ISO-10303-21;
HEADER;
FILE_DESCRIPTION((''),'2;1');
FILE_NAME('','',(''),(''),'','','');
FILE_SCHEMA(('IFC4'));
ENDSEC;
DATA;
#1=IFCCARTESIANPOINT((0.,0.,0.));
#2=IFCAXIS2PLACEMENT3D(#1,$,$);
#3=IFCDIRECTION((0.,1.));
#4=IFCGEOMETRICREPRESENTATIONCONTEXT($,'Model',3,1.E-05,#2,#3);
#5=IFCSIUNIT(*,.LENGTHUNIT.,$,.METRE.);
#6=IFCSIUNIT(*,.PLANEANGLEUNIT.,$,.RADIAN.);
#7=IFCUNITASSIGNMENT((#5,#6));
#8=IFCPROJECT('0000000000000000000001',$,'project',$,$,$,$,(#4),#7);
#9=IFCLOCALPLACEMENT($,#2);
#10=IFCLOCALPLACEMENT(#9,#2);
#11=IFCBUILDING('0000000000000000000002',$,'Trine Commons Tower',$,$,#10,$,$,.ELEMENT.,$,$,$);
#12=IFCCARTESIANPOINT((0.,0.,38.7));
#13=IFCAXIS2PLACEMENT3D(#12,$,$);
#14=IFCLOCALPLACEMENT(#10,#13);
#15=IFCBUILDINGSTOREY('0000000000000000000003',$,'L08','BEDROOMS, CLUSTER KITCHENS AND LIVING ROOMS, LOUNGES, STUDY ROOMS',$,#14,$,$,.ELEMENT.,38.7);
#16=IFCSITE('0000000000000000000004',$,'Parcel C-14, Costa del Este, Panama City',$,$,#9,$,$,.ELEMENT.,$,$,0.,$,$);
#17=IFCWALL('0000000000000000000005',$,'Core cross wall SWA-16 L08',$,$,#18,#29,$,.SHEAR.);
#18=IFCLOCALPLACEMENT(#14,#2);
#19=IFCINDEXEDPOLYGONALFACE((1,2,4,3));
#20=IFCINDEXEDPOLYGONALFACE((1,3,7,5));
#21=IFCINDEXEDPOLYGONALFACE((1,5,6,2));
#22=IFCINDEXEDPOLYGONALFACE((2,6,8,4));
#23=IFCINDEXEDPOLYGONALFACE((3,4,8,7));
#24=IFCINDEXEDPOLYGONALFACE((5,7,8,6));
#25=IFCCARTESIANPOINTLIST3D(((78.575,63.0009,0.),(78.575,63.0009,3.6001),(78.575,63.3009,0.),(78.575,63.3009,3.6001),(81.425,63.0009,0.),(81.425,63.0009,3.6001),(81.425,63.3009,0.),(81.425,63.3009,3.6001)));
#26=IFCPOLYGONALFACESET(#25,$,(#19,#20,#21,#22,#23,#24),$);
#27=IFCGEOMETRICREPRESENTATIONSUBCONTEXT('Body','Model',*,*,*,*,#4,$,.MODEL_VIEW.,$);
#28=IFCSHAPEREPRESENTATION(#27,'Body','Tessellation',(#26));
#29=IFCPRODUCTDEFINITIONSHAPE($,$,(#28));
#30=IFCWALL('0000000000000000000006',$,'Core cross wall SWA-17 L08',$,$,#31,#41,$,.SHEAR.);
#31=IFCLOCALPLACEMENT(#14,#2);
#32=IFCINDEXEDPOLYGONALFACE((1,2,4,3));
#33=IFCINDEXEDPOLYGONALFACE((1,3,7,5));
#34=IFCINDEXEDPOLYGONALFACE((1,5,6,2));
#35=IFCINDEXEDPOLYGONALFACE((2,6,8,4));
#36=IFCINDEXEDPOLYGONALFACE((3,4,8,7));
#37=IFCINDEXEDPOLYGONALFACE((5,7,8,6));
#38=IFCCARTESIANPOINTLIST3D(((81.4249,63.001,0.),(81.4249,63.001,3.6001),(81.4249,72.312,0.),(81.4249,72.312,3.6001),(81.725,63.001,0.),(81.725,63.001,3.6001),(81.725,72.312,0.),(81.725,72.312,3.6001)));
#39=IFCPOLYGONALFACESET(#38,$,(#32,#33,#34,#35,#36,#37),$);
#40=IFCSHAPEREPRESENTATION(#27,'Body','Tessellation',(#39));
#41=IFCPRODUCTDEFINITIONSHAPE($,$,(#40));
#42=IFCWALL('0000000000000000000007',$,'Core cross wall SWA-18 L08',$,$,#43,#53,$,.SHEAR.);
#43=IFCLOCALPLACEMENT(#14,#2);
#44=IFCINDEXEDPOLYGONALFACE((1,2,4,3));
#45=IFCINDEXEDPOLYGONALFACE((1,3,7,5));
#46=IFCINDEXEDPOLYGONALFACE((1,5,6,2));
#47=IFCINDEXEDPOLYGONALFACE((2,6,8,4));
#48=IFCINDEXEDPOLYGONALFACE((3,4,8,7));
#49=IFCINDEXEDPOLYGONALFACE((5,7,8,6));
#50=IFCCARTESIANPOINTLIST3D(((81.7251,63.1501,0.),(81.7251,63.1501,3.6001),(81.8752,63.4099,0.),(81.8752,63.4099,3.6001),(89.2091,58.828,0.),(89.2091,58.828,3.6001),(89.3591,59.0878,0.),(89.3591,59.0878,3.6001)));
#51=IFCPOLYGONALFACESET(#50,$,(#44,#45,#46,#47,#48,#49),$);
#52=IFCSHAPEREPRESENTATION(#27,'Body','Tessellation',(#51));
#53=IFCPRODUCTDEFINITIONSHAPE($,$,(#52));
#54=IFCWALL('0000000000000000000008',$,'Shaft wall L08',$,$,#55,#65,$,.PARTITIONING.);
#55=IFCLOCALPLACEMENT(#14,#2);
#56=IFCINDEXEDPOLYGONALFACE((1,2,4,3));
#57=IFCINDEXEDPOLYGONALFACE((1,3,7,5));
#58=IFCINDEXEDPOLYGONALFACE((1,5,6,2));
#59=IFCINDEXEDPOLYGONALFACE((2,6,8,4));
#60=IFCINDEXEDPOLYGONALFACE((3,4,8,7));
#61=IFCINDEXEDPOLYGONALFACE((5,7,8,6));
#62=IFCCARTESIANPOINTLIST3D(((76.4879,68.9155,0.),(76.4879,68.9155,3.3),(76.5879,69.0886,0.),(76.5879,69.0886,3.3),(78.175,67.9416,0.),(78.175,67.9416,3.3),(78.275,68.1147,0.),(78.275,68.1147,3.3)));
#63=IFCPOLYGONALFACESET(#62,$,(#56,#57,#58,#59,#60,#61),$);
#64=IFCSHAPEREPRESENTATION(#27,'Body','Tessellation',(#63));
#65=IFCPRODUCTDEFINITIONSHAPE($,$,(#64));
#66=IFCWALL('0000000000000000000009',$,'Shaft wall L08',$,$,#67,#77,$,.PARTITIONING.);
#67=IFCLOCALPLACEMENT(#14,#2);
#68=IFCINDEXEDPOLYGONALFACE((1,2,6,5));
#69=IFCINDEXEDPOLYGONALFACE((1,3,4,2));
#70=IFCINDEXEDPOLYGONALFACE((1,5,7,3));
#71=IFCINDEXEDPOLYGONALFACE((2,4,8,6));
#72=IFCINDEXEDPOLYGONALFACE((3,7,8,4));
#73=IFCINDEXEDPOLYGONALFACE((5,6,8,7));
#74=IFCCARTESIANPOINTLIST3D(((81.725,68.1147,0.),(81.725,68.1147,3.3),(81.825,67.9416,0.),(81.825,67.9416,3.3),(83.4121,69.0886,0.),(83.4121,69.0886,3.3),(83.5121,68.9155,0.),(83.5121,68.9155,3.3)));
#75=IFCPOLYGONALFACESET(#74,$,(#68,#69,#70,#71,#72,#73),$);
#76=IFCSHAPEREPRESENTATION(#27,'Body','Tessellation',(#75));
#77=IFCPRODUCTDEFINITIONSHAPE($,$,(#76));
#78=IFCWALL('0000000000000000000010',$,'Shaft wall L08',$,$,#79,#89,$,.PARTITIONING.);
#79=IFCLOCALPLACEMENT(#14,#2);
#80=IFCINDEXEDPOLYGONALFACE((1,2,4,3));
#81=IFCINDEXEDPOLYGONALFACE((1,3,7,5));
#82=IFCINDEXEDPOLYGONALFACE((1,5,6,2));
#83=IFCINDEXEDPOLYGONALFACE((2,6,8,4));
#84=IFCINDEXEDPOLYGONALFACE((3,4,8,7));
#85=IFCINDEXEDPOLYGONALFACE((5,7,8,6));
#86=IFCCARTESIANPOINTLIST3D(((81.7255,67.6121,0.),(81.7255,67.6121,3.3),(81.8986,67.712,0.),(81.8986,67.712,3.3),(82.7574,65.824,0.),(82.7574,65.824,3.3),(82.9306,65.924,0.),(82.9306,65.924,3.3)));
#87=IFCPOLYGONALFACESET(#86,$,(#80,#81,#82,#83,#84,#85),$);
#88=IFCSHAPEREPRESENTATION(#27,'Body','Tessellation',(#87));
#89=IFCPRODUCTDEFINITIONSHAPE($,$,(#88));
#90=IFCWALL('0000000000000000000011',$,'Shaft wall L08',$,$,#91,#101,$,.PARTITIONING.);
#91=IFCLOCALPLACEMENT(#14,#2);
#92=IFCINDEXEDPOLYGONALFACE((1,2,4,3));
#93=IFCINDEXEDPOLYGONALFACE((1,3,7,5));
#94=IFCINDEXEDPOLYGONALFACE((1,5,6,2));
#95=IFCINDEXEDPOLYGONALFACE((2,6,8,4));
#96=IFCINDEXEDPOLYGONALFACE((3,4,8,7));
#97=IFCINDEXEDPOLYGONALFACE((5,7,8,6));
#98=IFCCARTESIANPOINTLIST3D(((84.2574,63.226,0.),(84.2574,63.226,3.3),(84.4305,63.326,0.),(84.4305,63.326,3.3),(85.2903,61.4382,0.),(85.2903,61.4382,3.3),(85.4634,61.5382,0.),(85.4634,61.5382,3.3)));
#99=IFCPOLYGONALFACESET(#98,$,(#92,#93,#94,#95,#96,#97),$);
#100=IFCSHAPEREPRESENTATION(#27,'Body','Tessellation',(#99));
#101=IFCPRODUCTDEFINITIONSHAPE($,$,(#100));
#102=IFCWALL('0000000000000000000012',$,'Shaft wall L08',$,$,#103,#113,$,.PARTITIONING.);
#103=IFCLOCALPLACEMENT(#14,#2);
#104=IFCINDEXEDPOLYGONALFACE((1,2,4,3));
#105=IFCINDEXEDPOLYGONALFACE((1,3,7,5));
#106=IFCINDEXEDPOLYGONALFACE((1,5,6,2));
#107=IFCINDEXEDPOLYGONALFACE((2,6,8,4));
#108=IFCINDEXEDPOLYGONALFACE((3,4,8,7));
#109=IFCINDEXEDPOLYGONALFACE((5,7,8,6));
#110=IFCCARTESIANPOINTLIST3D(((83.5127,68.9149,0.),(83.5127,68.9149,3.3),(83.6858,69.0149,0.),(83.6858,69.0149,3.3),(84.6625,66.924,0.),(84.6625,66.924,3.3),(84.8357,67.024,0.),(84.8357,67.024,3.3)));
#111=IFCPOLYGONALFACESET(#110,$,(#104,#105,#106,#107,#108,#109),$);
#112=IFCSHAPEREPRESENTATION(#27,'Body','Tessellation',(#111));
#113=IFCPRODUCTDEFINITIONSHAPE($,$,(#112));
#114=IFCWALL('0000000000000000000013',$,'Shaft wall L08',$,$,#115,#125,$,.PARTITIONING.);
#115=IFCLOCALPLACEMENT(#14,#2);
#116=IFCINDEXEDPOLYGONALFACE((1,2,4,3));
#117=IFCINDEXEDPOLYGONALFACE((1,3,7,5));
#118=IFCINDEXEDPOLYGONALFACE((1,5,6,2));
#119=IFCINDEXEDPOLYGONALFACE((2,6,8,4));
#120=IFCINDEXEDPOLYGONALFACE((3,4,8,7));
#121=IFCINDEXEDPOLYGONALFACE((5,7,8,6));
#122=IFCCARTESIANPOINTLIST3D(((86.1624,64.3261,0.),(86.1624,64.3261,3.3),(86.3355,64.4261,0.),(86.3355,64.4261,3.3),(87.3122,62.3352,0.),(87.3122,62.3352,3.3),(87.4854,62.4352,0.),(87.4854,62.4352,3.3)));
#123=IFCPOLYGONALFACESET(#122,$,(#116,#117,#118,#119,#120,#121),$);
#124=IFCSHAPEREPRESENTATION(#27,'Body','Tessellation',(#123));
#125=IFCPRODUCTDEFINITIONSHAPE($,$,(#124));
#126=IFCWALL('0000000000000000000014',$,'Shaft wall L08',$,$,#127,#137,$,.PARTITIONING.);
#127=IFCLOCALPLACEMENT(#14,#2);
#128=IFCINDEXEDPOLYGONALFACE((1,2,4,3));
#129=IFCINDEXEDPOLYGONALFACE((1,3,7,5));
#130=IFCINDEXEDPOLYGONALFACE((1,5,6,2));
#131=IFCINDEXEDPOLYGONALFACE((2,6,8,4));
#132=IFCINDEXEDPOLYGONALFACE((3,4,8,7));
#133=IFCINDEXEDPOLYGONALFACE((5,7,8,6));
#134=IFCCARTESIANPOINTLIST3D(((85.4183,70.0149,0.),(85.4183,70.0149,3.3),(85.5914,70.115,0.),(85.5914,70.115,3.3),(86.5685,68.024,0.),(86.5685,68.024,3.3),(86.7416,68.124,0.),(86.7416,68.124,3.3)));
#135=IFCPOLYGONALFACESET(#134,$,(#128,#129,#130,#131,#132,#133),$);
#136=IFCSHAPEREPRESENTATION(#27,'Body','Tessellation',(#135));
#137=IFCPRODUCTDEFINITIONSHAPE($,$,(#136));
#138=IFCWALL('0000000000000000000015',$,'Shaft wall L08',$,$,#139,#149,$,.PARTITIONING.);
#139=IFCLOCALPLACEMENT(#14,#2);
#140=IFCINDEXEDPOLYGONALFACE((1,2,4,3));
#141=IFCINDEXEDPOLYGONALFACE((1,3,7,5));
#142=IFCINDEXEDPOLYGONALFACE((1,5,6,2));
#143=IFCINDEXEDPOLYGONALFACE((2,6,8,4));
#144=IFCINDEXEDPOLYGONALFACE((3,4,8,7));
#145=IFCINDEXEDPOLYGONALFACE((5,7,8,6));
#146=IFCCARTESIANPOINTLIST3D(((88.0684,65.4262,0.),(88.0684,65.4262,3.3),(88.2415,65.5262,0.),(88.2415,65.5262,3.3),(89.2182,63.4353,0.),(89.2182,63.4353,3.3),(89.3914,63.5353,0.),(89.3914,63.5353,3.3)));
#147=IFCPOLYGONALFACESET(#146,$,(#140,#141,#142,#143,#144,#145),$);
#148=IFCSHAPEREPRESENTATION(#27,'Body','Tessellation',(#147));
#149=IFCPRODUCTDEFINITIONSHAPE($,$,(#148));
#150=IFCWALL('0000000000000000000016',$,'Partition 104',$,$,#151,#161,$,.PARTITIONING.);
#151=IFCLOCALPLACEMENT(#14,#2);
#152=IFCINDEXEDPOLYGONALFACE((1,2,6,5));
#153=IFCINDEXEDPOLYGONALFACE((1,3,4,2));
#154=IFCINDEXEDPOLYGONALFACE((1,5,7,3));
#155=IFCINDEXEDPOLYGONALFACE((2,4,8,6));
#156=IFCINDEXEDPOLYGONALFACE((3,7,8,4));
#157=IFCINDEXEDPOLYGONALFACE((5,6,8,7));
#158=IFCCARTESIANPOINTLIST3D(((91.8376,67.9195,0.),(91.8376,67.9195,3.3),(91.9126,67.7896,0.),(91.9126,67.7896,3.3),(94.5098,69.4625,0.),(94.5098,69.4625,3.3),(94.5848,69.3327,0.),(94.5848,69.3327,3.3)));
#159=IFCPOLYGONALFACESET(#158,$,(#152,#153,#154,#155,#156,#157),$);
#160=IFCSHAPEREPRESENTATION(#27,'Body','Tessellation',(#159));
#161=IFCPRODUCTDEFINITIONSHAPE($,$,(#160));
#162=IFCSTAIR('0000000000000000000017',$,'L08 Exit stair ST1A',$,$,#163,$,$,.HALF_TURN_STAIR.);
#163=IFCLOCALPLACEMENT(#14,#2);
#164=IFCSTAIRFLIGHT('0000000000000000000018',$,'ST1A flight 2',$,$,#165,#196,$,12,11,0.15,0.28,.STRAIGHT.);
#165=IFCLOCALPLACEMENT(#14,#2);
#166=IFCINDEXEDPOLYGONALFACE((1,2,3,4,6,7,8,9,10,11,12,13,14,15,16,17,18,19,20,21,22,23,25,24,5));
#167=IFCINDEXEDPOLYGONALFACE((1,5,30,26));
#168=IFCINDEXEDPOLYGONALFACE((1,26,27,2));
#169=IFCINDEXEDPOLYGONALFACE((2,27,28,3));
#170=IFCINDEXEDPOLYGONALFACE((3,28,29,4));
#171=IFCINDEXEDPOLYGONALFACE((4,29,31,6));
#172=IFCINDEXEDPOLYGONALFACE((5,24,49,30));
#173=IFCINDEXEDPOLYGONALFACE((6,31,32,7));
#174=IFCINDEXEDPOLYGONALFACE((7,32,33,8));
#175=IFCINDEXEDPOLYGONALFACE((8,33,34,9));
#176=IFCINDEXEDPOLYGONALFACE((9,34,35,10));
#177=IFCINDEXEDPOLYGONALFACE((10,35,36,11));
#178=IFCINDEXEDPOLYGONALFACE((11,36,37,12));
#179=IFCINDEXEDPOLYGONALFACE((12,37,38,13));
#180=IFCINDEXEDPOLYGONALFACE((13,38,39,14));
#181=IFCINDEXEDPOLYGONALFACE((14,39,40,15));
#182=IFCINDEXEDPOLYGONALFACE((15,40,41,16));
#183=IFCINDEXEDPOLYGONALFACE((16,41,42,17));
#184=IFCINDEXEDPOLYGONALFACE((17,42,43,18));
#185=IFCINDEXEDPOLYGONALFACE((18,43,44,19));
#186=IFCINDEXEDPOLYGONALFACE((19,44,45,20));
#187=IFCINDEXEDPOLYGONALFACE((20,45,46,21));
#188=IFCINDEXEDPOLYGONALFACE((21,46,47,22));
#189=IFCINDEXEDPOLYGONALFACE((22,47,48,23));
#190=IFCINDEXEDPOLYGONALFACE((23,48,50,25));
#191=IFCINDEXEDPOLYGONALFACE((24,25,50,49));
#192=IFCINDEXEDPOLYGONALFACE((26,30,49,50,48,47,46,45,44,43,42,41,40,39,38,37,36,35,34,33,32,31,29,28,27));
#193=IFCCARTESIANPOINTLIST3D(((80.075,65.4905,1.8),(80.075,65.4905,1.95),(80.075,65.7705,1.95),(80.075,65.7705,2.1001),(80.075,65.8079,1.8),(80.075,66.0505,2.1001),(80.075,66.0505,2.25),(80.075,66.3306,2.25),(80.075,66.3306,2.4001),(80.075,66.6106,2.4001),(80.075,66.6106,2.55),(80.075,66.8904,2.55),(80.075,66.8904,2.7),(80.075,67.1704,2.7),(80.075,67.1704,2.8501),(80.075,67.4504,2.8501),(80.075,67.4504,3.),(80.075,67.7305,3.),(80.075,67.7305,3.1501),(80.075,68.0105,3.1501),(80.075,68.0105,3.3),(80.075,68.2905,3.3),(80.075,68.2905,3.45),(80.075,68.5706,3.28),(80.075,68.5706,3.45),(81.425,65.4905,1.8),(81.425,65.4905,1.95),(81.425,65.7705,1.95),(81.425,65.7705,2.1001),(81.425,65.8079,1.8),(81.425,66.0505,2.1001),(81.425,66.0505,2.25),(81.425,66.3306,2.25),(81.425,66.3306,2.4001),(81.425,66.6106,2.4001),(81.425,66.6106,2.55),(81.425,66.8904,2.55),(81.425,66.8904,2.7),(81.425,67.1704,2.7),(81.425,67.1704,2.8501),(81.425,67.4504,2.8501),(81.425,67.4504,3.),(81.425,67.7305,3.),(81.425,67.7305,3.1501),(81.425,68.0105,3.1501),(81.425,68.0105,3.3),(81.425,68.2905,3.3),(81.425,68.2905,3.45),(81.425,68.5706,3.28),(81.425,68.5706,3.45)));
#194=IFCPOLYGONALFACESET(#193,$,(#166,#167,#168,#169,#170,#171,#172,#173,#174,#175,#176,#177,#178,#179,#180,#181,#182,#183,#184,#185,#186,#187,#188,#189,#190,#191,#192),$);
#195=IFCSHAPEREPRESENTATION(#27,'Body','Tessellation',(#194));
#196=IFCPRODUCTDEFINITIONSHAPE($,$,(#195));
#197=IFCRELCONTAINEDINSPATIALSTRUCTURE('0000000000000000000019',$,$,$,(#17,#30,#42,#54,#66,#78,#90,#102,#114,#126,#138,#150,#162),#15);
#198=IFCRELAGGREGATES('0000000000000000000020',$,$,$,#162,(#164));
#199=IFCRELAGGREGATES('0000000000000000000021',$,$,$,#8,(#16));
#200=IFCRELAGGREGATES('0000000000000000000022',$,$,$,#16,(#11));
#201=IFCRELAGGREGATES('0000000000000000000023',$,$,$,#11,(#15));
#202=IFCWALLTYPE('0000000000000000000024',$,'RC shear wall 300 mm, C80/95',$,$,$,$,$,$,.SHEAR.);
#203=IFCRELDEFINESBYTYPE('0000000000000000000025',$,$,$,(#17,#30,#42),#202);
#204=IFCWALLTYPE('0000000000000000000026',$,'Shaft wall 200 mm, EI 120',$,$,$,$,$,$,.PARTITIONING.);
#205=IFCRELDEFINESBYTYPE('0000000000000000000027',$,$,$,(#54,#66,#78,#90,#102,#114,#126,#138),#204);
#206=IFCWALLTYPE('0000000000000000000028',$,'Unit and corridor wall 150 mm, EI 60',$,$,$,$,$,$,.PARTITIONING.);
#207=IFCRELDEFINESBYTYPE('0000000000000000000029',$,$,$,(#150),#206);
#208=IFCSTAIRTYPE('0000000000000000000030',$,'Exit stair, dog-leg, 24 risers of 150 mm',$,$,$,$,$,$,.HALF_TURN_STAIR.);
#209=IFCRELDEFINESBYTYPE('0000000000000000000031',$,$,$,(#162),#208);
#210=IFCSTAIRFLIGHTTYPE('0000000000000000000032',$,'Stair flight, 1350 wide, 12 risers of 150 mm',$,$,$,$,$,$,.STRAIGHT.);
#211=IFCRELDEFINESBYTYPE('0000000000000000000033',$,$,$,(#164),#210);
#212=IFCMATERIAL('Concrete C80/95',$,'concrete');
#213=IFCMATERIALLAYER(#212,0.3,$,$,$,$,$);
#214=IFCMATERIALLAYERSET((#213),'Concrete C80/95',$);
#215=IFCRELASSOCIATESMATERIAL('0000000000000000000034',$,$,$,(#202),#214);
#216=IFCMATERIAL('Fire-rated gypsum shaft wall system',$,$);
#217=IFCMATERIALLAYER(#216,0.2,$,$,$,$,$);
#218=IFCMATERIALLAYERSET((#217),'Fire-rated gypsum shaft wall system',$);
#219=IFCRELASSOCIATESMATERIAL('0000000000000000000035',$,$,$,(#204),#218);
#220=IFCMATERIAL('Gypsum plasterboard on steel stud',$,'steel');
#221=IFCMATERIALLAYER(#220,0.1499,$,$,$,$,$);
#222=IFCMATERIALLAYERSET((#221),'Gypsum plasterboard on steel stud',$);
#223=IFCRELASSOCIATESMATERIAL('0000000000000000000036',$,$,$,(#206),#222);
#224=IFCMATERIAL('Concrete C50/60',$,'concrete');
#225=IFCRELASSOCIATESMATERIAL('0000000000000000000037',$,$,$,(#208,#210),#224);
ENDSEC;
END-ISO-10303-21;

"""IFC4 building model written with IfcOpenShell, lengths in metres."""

from ifc_helpers import new_model, si_unit, direction, frame, frame_2d, origin, place, context, subcontext, project, spatial, polyline, rectangle, outline, extrude, material, layer, layer_set, type_object, element, aggregate, save


model = new_model("IFC4")

# Units and contexts
model_context = context("Model", 3, precision=1e-05, world=origin(), true_north=direction((0.0, 1.0)))
body_context = subcontext(model_context, "Body", "Model", "MODEL_VIEW")
ifc_project = project(units=[si_unit("LENGTHUNIT", "METRE"), si_unit("PLANEANGLEUNIT", "RADIAN")], contexts=[model_context])

# Site, building, storey
site_placement = place(None, origin())
site = spatial("IfcSite", under=ifc_project, at=site_placement, Name="Parcel C-14, Costa del Este, Panama City", CompositionType="ELEMENT", RefElevation=0.0)
building_placement = place(site_placement, origin())
building = spatial("IfcBuilding", under=site, at=building_placement, Name="Trine Commons Tower", CompositionType="ELEMENT")
storey_placement = place(building_placement, frame((0.0, 0.0, 38.7)))
storey = spatial("IfcBuildingStorey", under=building, at=storey_placement, Name="L08", Description="BEDROOMS, CLUSTER KITCHENS AND LIVING ROOMS, LOUNGES, STUDY ROOMS", CompositionType="ELEMENT", Elevation=38.7)

# Shared definitions
ifc_material_1 = material(Name="Concrete C50/60", Category="concrete")

# Shared definitions
ifc_material_2 = material(Name="Fire-rated gypsum shaft wall system")
ifc_material_3 = material(Name="Concrete C80/95", Category="concrete")
ifc_layer_1 = layer(ifc_material_3, 0.3)
ifc_layer_set_1 = layer_set([ifc_layer_1], Name="Concrete C80/95")
wall_type_1 = type_object("IfcWallType", Name="RC shear wall 300 mm, C80/95", PredefinedType="SHEAR", material=ifc_layer_set_1)

# Walls
wall_1_placement = place(storey_placement, frame((81.425, 63.1509, 0.0), z_axis=(0.0, 0.0, 1.0), x_axis=(-1.0, 0.0, 0.0)))
element("IfcWall", 1, at=wall_1_placement, inside=storey, type_object=wall_type_1, Name="Core cross wall SWA-16 L08", PredefinedType="SHEAR", context=body_context, shape_type="SweptSolid", body=[
    extrude(rectangle(XDim=2.8501, YDim=0.3, at=frame_2d((1.425, 0.0))), origin(), (0.0, 0.0, 1.0), 3.6001),
])
wall_2_placement = place(storey_placement, frame((81.575, 63.001, 0.0), z_axis=(0.0, 0.0, 1.0), x_axis=(0.0, 1.0, 0.0)))
element("IfcWall", 2, at=wall_2_placement, inside=storey, type_object=wall_type_1, Name="Core cross wall SWA-17 L08", PredefinedType="SHEAR", context=body_context, shape_type="SweptSolid", body=[
    extrude(rectangle(XDim=9.311, YDim=0.3, at=frame_2d((4.6555, 0.0))), origin(), (0.0, 0.0, 1.0), 3.6001),
])
wall_3_placement = place(storey_placement, frame((81.8, 63.28, 0.0), z_axis=(0.0, 0.0, 1.0), x_axis=(0.865965, -0.500104, 0.0)))
element("IfcWall", 3, at=wall_3_placement, inside=storey, type_object=wall_type_1, Name="Core cross wall SWA-18 L08", PredefinedType="SHEAR", context=body_context, shape_type="SweptSolid", body=[
    extrude(rectangle(XDim=8.6423, YDim=0.3, at=frame_2d((4.3213, 0.0))), origin(), (0.0, 0.0, 1.0), 3.6001),
])
ifc_layer_2 = layer(ifc_material_2, 0.2)
ifc_layer_set_2 = layer_set([ifc_layer_2], Name="Fire-rated gypsum shaft wall system")
wall_type_2 = type_object("IfcWallType", Name="Shaft wall 200 mm, EI 120", PredefinedType="PARTITIONING", material=ifc_layer_set_2)
for number, where, z_axis, x_axis, name in (
    (4, (78.2251, 68.0281, 0.0), (0.0, 0.0, 1.0), (-0.866052, 0.499954, 0.0), "Shaft wall L08"),
    (5, (81.7749, 68.0281, 0.0), (0.0, 0.0, 1.0), (0.866052, 0.499954, 0.0), "Shaft wall L08"),
):
    element("IfcWall", number, at=place(storey_placement, frame(where, z_axis=z_axis, x_axis=x_axis)), inside=storey, type_object=wall_type_2, Name=name, PredefinedType="PARTITIONING", context=body_context, shape_type="SweptSolid", body=[
        extrude(rectangle(XDim=1.948, YDim=0.2, at=frame_2d((0.9741, 0.0))), origin(), (0.0, 0.0, 1.0), 3.3),
    ])
wall_4_placement = place(storey_placement, frame((82.844, 65.874, 0.0), z_axis=(0.0, 0.0, 1.0), x_axis=(-0.499866, 0.866103, 0.0)))
element("IfcWall", 6, at=wall_4_placement, inside=storey, type_object=wall_type_2, Name="Shaft wall L08", PredefinedType="PARTITIONING", context=body_context, shape_type="SweptSolid", body=[
    extrude(rectangle(XDim=2.0645, YDim=0.2, at=frame_2d((1.0322, 0.0))), origin(), (0.0, 0.0, 1.0), 3.3),
])
wall_5_placement = place(storey_placement, frame((84.344, 63.2759, 0.0), z_axis=(0.0, 0.0, 1.0), x_axis=(0.500272, -0.865868, 0.0)))
element("IfcWall", 7, at=wall_5_placement, inside=storey, type_object=wall_type_2, Name="Shaft wall L08", PredefinedType="PARTITIONING", context=body_context, shape_type="SweptSolid", body=[
    extrude(rectangle(XDim=2.0647, YDim=0.2, at=frame_2d((1.0322, 0.0))), origin(), (0.0, 0.0, 1.0), 3.3),
])
for number, where, z_axis, x_axis, name in (
    (8, (84.749, 66.9741, 0.0), (0.0, 0.0, 1.0), (-0.500136, 0.865947, 0.0), "Shaft wall L08"),
    (9, (86.249, 64.376, 0.0), (0.0, 0.0, 1.0), (0.500136, -0.865947, 0.0), "Shaft wall L08"),
):
    element("IfcWall", number, at=place(storey_placement, frame(where, z_axis=z_axis, x_axis=x_axis)), inside=storey, type_object=wall_type_2, Name=name, PredefinedType="PARTITIONING", context=body_context, shape_type="SweptSolid", body=[
        extrude(rectangle(XDim=2.2991, YDim=0.2, at=frame_2d((1.1494, 0.0))), origin(), (0.0, 0.0, 1.0), 3.3),
    ])
wall_6_placement = place(storey_placement, frame((86.655, 68.074, 0.0), z_axis=(0.0, 0.0, 1.0), x_axis=(-0.500216, 0.865901, 0.0)))
element("IfcWall", 10, at=wall_6_placement, inside=storey, type_object=wall_type_2, Name="Shaft wall L08", PredefinedType="PARTITIONING", context=body_context, shape_type="SweptSolid", body=[
    extrude(rectangle(XDim=2.2993, YDim=0.2, at=frame_2d((1.1497, 0.0))), origin(), (0.0, 0.0, 1.0), 3.3),
])
wall_7_placement = place(storey_placement, frame((88.155, 65.4761, 0.0), z_axis=(0.0, 0.0, 1.0), x_axis=(0.500136, -0.865947, 0.0)))
element("IfcWall", 11, at=wall_7_placement, inside=storey, type_object=wall_type_2, Name="Shaft wall L08", PredefinedType="PARTITIONING", context=body_context, shape_type="SweptSolid", body=[
    extrude(rectangle(XDim=2.2991, YDim=0.2, at=frame_2d((1.1494, 0.0))), origin(), (0.0, 0.0, 1.0), 3.3),
])
ifc_material_4 = material(Name="Gypsum plasterboard on steel stud", Category="steel")
ifc_layer_3 = layer(ifc_material_4, 0.1499)
ifc_layer_set_3 = layer_set([ifc_layer_3], Name="Gypsum plasterboard on steel stud")
wall_type_3 = type_object("IfcWallType", Name="Unit and corridor wall 150 mm, EI 60", PredefinedType="PARTITIONING", material=ifc_layer_set_3)
wall_8_placement = place(storey_placement, frame((91.875, 67.8545, 0.0), z_axis=(0.0, 0.0, 1.0), x_axis=(0.865995, 0.500053, 0.0)))
element("IfcWall", 12, at=wall_8_placement, inside=storey, type_object=wall_type_3, Name="Partition 104", PredefinedType="PARTITIONING", context=body_context, shape_type="SweptSolid", body=[
    extrude(rectangle(XDim=3.0857, YDim=0.1499, at=frame_2d((1.543, 0.0))), origin(), (0.0, 0.0, 1.0), 3.3),
])

# Stair, stair flight
stair_type = type_object("IfcStairType", Name="Exit stair, dog-leg, 24 risers of 150 mm", PredefinedType="HALF_TURN_STAIR", material=ifc_material_1)
stair_placement = place(storey_placement, origin())
stair = element("IfcStair", 13, at=stair_placement, inside=storey, type_object=stair_type, Name="L08 Exit stair ST1A", PredefinedType="HALF_TURN_STAIR")
stair_flight_type = type_object("IfcStairFlightType", Name="Stair flight, 1350 wide, 12 risers of 150 mm", PredefinedType="STRAIGHT", material=ifc_material_1)
stair_flight_placement = place(storey_placement, frame((80.75, 65.4905, 1.8), z_axis=(0.0, 0.0, 1.0), x_axis=(0.0, 1.0, 0.0)))
stair_flight = element("IfcStairFlight", 14, at=stair_flight_placement, type_object=stair_flight_type, Name="ST1A flight 2", NumberOfRisers=12, NumberOfTreads=11, PredefinedType="STRAIGHT", RiserHeight=0.15, TreadLength=0.28, context=body_context, shape_type="SweptSolid", body=[
    extrude(outline(polyline([(0.0, 0.0), (0.0, 0.1499), (0.28, 0.1499), (0.28, 0.3), (0.5601, 0.3), (0.5601, 0.45), (0.8401, 0.45), (0.8401, 0.6001), (1.1201, 0.6001), (1.1201, 0.75), (1.3999, 0.75), (1.3999, 0.8999), (1.6799, 0.8999), (1.6799, 1.05), (1.96, 1.05), (1.96, 1.2), (2.24, 1.2), (2.24, 1.3501), (2.52, 1.3501), (2.52, 1.5), (2.8, 1.5), (2.8, 1.6499), (3.0801, 1.6499), (3.0801, 1.8), (3.0801, 1.48), (0.3174, 0.0), (0.0, 0.0)])), frame((0.0, 0.675, 0.0), z_axis=(0.0, -1.0, 0.0), x_axis=(1.0, 0.0, 0.0)), (0.0, 0.0, 1.0), 1.3501),
])
aggregate(stair, [stair_flight])

save(model, "model.ifc")
